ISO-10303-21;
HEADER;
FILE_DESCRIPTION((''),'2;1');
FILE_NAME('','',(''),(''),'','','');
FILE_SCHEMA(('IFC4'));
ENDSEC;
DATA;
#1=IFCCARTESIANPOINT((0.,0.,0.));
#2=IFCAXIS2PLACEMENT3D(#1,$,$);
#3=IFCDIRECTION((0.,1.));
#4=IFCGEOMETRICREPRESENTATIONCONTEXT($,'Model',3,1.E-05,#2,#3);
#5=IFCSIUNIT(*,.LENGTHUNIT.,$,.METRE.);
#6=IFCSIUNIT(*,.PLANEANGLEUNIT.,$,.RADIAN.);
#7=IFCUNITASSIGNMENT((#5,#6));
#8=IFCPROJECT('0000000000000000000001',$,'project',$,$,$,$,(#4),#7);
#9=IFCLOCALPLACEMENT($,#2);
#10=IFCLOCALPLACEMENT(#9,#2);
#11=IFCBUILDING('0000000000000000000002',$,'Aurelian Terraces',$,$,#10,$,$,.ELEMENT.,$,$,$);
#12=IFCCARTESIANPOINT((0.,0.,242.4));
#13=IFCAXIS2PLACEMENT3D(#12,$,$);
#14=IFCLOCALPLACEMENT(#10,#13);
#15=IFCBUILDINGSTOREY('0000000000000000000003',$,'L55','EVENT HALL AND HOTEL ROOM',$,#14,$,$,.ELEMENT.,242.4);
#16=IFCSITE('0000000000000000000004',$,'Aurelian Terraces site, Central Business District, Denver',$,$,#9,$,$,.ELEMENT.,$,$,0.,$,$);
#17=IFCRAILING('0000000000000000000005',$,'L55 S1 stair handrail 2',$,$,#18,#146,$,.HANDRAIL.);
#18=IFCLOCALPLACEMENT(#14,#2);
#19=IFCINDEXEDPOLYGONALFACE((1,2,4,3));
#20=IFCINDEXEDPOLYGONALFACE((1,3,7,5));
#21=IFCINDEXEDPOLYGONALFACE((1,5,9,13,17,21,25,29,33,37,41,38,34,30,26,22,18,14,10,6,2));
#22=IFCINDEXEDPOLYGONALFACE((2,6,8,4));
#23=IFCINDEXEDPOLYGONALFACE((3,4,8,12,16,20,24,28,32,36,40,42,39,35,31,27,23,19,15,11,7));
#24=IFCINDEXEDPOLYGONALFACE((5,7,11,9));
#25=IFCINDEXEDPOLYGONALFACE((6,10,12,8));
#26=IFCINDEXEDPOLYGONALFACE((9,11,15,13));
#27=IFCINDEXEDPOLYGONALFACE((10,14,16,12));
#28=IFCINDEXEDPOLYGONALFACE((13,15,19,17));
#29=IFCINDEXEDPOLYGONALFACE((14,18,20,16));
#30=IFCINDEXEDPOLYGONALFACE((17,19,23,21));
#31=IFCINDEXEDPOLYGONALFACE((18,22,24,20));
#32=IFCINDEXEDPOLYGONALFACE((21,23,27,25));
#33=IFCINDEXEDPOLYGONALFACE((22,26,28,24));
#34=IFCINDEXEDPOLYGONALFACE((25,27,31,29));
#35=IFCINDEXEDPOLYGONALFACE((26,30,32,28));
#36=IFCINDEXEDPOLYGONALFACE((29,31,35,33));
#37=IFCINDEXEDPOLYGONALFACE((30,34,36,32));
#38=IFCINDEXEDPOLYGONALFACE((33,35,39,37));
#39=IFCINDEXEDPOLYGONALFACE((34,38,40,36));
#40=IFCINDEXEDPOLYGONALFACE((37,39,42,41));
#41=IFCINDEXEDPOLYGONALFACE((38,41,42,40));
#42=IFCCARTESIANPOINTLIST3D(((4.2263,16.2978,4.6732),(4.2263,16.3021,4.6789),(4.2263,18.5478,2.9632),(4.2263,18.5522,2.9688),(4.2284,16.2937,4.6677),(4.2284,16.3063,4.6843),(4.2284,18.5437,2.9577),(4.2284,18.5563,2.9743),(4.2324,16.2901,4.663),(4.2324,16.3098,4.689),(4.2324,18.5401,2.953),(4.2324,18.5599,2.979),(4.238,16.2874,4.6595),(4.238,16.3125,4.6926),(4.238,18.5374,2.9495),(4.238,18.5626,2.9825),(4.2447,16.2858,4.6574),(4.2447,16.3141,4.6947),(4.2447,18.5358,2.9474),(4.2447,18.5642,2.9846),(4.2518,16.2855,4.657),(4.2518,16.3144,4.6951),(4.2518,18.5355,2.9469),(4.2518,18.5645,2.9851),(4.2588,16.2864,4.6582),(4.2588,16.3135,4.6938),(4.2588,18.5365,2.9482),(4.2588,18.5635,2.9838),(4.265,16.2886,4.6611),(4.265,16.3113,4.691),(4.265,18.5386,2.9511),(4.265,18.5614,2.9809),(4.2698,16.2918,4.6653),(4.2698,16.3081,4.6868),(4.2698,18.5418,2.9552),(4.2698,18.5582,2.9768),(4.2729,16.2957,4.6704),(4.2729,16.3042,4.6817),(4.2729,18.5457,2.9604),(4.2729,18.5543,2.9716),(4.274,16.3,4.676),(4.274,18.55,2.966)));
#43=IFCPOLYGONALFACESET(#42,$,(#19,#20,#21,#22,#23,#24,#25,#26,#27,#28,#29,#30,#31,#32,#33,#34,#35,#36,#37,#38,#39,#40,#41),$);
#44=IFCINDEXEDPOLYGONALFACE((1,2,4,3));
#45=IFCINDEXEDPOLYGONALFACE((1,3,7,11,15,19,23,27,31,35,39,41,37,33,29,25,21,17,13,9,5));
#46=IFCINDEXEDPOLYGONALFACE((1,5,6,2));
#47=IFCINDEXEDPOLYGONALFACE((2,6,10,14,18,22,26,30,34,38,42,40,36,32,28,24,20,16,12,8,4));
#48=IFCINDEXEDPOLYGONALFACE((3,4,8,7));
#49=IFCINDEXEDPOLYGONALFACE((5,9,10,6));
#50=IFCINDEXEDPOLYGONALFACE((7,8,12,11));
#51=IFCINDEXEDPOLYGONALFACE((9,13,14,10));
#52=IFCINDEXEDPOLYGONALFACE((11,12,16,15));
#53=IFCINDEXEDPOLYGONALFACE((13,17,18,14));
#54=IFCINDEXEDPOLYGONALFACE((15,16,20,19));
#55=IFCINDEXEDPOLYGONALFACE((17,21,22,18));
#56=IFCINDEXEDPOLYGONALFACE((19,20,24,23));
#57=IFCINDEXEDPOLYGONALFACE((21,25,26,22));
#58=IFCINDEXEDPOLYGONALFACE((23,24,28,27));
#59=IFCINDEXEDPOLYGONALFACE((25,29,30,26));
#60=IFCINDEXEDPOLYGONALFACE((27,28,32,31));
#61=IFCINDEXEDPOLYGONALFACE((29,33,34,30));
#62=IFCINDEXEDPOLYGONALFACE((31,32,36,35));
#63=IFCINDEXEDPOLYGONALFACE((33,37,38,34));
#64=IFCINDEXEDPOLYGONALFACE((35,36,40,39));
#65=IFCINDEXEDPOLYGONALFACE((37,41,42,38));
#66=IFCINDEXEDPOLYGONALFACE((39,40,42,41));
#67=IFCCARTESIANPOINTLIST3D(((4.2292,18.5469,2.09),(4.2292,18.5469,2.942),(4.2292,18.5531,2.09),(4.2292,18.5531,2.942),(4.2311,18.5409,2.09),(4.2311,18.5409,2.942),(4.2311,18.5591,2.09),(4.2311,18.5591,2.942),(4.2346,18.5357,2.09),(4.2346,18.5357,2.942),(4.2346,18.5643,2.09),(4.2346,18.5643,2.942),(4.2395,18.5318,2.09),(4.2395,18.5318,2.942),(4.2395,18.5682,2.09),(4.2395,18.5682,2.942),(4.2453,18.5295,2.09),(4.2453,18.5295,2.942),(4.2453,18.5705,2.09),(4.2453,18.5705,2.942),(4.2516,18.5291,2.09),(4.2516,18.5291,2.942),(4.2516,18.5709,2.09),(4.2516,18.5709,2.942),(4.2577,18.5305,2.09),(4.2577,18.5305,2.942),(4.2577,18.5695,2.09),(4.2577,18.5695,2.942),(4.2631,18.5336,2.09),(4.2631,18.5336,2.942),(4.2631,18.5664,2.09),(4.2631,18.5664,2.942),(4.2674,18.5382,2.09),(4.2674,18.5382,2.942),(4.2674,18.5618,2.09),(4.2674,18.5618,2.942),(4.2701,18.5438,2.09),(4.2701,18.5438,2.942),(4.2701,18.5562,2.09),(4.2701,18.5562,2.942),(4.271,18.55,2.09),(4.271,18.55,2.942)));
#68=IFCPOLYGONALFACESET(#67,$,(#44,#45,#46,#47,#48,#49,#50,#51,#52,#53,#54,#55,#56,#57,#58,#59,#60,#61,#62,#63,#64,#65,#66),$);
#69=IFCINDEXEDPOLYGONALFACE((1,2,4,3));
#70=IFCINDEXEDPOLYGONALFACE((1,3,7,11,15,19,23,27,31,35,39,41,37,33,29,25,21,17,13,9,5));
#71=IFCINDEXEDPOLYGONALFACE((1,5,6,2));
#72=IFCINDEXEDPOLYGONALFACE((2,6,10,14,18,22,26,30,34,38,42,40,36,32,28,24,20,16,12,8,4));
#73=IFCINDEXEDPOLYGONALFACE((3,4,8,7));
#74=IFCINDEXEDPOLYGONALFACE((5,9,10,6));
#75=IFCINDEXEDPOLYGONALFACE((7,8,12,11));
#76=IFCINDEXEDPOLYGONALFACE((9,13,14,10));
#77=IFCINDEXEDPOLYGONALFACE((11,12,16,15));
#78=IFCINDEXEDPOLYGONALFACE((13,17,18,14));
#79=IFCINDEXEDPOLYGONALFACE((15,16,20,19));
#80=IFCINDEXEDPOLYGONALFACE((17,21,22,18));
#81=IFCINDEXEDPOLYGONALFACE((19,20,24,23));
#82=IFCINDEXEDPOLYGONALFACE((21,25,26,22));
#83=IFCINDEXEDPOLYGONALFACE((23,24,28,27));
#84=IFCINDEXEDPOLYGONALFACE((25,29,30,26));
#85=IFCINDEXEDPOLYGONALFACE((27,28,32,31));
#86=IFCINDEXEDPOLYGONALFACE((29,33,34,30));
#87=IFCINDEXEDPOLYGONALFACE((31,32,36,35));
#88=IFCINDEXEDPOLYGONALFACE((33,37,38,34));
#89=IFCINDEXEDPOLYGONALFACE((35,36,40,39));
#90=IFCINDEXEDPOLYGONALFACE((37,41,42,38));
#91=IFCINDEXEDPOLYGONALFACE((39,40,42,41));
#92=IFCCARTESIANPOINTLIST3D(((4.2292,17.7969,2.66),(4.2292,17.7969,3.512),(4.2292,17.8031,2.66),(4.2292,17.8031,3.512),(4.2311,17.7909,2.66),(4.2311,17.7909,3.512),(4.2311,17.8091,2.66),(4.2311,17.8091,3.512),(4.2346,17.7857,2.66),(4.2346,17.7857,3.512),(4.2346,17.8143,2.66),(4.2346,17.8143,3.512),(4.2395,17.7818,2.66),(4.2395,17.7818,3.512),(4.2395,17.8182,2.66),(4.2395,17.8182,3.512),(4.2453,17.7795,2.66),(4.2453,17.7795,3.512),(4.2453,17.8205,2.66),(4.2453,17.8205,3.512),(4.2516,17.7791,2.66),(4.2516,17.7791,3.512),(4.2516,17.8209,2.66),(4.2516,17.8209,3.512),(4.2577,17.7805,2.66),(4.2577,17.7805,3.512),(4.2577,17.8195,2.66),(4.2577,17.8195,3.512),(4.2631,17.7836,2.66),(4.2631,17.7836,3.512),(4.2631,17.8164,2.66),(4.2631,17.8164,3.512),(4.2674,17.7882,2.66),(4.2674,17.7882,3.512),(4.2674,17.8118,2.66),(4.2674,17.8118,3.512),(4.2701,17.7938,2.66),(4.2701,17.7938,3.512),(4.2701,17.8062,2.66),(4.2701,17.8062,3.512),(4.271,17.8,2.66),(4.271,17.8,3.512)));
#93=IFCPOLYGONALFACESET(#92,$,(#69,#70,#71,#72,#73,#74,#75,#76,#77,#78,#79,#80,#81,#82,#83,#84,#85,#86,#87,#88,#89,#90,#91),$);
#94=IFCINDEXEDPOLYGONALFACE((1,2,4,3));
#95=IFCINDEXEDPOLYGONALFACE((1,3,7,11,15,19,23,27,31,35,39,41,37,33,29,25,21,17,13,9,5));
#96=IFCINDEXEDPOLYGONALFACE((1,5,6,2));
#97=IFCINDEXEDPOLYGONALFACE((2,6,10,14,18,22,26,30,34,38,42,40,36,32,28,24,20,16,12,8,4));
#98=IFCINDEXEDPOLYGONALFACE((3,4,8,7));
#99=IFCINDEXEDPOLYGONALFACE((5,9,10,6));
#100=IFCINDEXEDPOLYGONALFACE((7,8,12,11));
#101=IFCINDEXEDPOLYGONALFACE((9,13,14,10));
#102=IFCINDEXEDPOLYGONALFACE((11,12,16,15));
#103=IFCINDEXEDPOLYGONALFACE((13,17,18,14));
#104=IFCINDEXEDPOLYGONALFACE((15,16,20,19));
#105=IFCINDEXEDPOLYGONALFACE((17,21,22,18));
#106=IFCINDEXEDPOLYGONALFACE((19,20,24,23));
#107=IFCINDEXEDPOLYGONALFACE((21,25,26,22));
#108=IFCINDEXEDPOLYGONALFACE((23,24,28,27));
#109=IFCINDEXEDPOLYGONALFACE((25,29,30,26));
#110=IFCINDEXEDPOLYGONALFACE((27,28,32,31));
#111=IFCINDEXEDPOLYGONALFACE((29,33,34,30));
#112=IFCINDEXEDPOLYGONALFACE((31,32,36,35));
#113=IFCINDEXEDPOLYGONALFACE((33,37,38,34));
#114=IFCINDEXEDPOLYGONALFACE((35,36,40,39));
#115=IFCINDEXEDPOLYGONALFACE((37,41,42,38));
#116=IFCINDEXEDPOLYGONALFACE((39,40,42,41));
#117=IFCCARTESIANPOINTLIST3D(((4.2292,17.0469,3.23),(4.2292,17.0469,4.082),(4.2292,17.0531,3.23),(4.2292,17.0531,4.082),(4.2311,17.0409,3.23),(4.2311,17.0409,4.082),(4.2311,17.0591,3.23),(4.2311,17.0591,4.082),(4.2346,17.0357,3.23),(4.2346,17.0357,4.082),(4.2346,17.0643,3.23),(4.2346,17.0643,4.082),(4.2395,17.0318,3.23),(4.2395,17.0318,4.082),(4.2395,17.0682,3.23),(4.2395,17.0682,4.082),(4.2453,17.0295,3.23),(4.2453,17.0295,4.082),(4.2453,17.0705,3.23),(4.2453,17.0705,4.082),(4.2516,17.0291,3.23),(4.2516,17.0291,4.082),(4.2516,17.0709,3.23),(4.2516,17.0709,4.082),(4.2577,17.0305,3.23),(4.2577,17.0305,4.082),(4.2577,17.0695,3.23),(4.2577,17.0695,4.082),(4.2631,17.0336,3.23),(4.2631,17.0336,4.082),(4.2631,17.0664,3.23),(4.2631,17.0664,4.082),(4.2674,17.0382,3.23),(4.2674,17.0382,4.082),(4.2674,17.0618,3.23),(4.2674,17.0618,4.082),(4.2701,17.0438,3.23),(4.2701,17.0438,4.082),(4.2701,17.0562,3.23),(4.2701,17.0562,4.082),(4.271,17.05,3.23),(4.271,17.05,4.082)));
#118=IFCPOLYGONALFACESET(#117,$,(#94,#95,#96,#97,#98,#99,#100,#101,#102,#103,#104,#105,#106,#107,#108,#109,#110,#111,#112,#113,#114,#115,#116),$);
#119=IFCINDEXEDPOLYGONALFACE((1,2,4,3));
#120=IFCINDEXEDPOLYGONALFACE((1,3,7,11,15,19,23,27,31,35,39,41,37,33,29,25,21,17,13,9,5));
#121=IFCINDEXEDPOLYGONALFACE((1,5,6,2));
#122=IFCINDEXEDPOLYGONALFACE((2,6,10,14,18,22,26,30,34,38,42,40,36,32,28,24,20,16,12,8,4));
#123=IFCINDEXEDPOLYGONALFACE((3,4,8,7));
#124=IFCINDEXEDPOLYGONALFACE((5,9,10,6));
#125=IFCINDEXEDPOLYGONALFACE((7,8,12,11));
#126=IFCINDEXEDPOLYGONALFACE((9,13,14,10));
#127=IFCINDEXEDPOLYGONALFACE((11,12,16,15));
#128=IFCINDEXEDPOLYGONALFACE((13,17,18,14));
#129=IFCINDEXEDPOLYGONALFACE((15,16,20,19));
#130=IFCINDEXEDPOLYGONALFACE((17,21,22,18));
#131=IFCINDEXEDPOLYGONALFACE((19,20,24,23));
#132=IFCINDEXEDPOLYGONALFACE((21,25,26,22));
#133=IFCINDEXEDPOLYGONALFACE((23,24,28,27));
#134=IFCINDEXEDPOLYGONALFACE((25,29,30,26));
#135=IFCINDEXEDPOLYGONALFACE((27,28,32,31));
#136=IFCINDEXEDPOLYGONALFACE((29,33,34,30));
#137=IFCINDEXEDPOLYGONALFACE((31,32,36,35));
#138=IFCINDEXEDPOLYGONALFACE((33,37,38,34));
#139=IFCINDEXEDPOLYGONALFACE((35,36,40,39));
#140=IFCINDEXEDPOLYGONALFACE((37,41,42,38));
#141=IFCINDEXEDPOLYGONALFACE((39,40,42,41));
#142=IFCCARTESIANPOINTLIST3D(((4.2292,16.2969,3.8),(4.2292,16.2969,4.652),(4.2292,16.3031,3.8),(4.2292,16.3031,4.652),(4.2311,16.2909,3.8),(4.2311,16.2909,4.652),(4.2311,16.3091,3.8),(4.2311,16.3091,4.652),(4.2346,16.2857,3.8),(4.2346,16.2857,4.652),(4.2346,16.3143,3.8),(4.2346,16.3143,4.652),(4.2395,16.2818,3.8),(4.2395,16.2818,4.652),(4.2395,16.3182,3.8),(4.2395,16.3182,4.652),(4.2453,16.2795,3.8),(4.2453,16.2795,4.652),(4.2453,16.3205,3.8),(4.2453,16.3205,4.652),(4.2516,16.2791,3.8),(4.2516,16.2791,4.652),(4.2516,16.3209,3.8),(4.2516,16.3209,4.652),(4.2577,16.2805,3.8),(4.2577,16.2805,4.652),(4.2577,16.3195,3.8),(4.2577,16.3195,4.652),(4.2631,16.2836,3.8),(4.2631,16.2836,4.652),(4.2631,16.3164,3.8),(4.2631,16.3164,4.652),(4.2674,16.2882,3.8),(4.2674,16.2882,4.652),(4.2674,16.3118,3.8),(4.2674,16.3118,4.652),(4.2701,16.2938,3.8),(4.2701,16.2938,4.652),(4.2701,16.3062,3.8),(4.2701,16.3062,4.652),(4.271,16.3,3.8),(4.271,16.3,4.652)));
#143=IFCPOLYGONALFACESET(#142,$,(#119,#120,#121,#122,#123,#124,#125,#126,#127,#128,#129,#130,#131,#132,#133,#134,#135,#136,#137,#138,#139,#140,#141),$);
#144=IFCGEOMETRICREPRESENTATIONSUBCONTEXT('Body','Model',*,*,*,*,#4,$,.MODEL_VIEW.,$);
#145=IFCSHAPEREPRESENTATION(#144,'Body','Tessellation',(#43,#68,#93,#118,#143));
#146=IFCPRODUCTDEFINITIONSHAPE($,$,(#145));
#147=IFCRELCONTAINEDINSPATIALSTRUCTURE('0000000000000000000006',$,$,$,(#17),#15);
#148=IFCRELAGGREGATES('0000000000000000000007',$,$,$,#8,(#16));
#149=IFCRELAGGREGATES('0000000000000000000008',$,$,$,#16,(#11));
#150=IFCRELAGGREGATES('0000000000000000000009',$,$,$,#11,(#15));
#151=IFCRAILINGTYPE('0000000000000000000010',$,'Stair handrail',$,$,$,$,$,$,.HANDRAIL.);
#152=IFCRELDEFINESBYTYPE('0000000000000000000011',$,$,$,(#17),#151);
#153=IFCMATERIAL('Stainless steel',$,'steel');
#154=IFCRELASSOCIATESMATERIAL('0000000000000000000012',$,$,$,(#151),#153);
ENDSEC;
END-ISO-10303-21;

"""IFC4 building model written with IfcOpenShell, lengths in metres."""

from ifc_helpers import new_model, si_unit, direction, frame, origin, origin_2d, place, context, subcontext, project, spatial, circle, extrude, source, transform, mapped, material, type_object, element, save


model = new_model("IFC4")

# Units and contexts
model_context = context("Model", 3, precision=1e-05, world=origin(), true_north=direction((0.0, 1.0)))
body_context = subcontext(model_context, "Body", "Model", "MODEL_VIEW")
ifc_project = project(units=[si_unit("LENGTHUNIT", "METRE"), si_unit("PLANEANGLEUNIT", "RADIAN")], contexts=[model_context])

# Site, building, storey
site_placement = place(None, origin())
site = spatial("IfcSite", under=ifc_project, at=site_placement, Name="Aurelian Terraces site, Central Business District, Denver", CompositionType="ELEMENT", RefElevation=0.0)
building_placement = place(site_placement, origin())
building = spatial("IfcBuilding", under=site, at=building_placement, Name="Aurelian Terraces", CompositionType="ELEMENT")
storey_placement = place(building_placement, frame((0.0, 0.0, 242.4)))
storey = spatial("IfcBuildingStorey", under=building, at=storey_placement, Name="L55", Description="EVENT HALL AND HOTEL ROOM", CompositionType="ELEMENT", Elevation=242.4)

# Shared definitions
ifc_material_1 = material(Name="Stainless steel", Category="steel")

# Railing
railing_type_1 = type_object("IfcRailingType", Name="Stair handrail", PredefinedType="HANDRAIL", material=ifc_material_1)
shared_shape_1 = source(origin(), body_context, "Body", "SweptSolid", [
    extrude(circle(Radius=0.024, at=origin_2d()), frame((0.0, 0.0, 0.876), z_axis=(0.0, -0.796162, 0.605083), x_axis=(1.0, 0.0, 0.0)), (0.0, 0.0, 1.0), 2.8261),
    extrude(circle(Radius=0.021, at=origin_2d()), origin(), (0.0, 0.0, 1.0), 0.852),
    extrude(circle(Radius=0.021, at=origin_2d()), frame((0.0, -0.75, 0.57)), (0.0, 0.0, 1.0), 0.852),
    extrude(circle(Radius=0.021, at=origin_2d()), frame((0.0, -1.5, 1.14)), (0.0, 0.0, 1.0), 0.852),
    extrude(circle(Radius=0.021, at=origin_2d()), frame((0.0, -2.25, 1.71)), (0.0, 0.0, 1.0), 0.852),
])
railing_1_placement = place(storey_placement, frame((4.25, 18.55, 2.09)))
element("IfcRailing", 1, at=railing_1_placement, inside=storey, type_object=railing_type_1, Name="L55 S1 stair handrail 2", PredefinedType="HANDRAIL", context=body_context, shape_type="MappedRepresentation", body=[
    mapped(shared_shape_1, transform((0.0, 0.0, 0.0), scale=1.0)),
])

save(model, "model.ifc")
